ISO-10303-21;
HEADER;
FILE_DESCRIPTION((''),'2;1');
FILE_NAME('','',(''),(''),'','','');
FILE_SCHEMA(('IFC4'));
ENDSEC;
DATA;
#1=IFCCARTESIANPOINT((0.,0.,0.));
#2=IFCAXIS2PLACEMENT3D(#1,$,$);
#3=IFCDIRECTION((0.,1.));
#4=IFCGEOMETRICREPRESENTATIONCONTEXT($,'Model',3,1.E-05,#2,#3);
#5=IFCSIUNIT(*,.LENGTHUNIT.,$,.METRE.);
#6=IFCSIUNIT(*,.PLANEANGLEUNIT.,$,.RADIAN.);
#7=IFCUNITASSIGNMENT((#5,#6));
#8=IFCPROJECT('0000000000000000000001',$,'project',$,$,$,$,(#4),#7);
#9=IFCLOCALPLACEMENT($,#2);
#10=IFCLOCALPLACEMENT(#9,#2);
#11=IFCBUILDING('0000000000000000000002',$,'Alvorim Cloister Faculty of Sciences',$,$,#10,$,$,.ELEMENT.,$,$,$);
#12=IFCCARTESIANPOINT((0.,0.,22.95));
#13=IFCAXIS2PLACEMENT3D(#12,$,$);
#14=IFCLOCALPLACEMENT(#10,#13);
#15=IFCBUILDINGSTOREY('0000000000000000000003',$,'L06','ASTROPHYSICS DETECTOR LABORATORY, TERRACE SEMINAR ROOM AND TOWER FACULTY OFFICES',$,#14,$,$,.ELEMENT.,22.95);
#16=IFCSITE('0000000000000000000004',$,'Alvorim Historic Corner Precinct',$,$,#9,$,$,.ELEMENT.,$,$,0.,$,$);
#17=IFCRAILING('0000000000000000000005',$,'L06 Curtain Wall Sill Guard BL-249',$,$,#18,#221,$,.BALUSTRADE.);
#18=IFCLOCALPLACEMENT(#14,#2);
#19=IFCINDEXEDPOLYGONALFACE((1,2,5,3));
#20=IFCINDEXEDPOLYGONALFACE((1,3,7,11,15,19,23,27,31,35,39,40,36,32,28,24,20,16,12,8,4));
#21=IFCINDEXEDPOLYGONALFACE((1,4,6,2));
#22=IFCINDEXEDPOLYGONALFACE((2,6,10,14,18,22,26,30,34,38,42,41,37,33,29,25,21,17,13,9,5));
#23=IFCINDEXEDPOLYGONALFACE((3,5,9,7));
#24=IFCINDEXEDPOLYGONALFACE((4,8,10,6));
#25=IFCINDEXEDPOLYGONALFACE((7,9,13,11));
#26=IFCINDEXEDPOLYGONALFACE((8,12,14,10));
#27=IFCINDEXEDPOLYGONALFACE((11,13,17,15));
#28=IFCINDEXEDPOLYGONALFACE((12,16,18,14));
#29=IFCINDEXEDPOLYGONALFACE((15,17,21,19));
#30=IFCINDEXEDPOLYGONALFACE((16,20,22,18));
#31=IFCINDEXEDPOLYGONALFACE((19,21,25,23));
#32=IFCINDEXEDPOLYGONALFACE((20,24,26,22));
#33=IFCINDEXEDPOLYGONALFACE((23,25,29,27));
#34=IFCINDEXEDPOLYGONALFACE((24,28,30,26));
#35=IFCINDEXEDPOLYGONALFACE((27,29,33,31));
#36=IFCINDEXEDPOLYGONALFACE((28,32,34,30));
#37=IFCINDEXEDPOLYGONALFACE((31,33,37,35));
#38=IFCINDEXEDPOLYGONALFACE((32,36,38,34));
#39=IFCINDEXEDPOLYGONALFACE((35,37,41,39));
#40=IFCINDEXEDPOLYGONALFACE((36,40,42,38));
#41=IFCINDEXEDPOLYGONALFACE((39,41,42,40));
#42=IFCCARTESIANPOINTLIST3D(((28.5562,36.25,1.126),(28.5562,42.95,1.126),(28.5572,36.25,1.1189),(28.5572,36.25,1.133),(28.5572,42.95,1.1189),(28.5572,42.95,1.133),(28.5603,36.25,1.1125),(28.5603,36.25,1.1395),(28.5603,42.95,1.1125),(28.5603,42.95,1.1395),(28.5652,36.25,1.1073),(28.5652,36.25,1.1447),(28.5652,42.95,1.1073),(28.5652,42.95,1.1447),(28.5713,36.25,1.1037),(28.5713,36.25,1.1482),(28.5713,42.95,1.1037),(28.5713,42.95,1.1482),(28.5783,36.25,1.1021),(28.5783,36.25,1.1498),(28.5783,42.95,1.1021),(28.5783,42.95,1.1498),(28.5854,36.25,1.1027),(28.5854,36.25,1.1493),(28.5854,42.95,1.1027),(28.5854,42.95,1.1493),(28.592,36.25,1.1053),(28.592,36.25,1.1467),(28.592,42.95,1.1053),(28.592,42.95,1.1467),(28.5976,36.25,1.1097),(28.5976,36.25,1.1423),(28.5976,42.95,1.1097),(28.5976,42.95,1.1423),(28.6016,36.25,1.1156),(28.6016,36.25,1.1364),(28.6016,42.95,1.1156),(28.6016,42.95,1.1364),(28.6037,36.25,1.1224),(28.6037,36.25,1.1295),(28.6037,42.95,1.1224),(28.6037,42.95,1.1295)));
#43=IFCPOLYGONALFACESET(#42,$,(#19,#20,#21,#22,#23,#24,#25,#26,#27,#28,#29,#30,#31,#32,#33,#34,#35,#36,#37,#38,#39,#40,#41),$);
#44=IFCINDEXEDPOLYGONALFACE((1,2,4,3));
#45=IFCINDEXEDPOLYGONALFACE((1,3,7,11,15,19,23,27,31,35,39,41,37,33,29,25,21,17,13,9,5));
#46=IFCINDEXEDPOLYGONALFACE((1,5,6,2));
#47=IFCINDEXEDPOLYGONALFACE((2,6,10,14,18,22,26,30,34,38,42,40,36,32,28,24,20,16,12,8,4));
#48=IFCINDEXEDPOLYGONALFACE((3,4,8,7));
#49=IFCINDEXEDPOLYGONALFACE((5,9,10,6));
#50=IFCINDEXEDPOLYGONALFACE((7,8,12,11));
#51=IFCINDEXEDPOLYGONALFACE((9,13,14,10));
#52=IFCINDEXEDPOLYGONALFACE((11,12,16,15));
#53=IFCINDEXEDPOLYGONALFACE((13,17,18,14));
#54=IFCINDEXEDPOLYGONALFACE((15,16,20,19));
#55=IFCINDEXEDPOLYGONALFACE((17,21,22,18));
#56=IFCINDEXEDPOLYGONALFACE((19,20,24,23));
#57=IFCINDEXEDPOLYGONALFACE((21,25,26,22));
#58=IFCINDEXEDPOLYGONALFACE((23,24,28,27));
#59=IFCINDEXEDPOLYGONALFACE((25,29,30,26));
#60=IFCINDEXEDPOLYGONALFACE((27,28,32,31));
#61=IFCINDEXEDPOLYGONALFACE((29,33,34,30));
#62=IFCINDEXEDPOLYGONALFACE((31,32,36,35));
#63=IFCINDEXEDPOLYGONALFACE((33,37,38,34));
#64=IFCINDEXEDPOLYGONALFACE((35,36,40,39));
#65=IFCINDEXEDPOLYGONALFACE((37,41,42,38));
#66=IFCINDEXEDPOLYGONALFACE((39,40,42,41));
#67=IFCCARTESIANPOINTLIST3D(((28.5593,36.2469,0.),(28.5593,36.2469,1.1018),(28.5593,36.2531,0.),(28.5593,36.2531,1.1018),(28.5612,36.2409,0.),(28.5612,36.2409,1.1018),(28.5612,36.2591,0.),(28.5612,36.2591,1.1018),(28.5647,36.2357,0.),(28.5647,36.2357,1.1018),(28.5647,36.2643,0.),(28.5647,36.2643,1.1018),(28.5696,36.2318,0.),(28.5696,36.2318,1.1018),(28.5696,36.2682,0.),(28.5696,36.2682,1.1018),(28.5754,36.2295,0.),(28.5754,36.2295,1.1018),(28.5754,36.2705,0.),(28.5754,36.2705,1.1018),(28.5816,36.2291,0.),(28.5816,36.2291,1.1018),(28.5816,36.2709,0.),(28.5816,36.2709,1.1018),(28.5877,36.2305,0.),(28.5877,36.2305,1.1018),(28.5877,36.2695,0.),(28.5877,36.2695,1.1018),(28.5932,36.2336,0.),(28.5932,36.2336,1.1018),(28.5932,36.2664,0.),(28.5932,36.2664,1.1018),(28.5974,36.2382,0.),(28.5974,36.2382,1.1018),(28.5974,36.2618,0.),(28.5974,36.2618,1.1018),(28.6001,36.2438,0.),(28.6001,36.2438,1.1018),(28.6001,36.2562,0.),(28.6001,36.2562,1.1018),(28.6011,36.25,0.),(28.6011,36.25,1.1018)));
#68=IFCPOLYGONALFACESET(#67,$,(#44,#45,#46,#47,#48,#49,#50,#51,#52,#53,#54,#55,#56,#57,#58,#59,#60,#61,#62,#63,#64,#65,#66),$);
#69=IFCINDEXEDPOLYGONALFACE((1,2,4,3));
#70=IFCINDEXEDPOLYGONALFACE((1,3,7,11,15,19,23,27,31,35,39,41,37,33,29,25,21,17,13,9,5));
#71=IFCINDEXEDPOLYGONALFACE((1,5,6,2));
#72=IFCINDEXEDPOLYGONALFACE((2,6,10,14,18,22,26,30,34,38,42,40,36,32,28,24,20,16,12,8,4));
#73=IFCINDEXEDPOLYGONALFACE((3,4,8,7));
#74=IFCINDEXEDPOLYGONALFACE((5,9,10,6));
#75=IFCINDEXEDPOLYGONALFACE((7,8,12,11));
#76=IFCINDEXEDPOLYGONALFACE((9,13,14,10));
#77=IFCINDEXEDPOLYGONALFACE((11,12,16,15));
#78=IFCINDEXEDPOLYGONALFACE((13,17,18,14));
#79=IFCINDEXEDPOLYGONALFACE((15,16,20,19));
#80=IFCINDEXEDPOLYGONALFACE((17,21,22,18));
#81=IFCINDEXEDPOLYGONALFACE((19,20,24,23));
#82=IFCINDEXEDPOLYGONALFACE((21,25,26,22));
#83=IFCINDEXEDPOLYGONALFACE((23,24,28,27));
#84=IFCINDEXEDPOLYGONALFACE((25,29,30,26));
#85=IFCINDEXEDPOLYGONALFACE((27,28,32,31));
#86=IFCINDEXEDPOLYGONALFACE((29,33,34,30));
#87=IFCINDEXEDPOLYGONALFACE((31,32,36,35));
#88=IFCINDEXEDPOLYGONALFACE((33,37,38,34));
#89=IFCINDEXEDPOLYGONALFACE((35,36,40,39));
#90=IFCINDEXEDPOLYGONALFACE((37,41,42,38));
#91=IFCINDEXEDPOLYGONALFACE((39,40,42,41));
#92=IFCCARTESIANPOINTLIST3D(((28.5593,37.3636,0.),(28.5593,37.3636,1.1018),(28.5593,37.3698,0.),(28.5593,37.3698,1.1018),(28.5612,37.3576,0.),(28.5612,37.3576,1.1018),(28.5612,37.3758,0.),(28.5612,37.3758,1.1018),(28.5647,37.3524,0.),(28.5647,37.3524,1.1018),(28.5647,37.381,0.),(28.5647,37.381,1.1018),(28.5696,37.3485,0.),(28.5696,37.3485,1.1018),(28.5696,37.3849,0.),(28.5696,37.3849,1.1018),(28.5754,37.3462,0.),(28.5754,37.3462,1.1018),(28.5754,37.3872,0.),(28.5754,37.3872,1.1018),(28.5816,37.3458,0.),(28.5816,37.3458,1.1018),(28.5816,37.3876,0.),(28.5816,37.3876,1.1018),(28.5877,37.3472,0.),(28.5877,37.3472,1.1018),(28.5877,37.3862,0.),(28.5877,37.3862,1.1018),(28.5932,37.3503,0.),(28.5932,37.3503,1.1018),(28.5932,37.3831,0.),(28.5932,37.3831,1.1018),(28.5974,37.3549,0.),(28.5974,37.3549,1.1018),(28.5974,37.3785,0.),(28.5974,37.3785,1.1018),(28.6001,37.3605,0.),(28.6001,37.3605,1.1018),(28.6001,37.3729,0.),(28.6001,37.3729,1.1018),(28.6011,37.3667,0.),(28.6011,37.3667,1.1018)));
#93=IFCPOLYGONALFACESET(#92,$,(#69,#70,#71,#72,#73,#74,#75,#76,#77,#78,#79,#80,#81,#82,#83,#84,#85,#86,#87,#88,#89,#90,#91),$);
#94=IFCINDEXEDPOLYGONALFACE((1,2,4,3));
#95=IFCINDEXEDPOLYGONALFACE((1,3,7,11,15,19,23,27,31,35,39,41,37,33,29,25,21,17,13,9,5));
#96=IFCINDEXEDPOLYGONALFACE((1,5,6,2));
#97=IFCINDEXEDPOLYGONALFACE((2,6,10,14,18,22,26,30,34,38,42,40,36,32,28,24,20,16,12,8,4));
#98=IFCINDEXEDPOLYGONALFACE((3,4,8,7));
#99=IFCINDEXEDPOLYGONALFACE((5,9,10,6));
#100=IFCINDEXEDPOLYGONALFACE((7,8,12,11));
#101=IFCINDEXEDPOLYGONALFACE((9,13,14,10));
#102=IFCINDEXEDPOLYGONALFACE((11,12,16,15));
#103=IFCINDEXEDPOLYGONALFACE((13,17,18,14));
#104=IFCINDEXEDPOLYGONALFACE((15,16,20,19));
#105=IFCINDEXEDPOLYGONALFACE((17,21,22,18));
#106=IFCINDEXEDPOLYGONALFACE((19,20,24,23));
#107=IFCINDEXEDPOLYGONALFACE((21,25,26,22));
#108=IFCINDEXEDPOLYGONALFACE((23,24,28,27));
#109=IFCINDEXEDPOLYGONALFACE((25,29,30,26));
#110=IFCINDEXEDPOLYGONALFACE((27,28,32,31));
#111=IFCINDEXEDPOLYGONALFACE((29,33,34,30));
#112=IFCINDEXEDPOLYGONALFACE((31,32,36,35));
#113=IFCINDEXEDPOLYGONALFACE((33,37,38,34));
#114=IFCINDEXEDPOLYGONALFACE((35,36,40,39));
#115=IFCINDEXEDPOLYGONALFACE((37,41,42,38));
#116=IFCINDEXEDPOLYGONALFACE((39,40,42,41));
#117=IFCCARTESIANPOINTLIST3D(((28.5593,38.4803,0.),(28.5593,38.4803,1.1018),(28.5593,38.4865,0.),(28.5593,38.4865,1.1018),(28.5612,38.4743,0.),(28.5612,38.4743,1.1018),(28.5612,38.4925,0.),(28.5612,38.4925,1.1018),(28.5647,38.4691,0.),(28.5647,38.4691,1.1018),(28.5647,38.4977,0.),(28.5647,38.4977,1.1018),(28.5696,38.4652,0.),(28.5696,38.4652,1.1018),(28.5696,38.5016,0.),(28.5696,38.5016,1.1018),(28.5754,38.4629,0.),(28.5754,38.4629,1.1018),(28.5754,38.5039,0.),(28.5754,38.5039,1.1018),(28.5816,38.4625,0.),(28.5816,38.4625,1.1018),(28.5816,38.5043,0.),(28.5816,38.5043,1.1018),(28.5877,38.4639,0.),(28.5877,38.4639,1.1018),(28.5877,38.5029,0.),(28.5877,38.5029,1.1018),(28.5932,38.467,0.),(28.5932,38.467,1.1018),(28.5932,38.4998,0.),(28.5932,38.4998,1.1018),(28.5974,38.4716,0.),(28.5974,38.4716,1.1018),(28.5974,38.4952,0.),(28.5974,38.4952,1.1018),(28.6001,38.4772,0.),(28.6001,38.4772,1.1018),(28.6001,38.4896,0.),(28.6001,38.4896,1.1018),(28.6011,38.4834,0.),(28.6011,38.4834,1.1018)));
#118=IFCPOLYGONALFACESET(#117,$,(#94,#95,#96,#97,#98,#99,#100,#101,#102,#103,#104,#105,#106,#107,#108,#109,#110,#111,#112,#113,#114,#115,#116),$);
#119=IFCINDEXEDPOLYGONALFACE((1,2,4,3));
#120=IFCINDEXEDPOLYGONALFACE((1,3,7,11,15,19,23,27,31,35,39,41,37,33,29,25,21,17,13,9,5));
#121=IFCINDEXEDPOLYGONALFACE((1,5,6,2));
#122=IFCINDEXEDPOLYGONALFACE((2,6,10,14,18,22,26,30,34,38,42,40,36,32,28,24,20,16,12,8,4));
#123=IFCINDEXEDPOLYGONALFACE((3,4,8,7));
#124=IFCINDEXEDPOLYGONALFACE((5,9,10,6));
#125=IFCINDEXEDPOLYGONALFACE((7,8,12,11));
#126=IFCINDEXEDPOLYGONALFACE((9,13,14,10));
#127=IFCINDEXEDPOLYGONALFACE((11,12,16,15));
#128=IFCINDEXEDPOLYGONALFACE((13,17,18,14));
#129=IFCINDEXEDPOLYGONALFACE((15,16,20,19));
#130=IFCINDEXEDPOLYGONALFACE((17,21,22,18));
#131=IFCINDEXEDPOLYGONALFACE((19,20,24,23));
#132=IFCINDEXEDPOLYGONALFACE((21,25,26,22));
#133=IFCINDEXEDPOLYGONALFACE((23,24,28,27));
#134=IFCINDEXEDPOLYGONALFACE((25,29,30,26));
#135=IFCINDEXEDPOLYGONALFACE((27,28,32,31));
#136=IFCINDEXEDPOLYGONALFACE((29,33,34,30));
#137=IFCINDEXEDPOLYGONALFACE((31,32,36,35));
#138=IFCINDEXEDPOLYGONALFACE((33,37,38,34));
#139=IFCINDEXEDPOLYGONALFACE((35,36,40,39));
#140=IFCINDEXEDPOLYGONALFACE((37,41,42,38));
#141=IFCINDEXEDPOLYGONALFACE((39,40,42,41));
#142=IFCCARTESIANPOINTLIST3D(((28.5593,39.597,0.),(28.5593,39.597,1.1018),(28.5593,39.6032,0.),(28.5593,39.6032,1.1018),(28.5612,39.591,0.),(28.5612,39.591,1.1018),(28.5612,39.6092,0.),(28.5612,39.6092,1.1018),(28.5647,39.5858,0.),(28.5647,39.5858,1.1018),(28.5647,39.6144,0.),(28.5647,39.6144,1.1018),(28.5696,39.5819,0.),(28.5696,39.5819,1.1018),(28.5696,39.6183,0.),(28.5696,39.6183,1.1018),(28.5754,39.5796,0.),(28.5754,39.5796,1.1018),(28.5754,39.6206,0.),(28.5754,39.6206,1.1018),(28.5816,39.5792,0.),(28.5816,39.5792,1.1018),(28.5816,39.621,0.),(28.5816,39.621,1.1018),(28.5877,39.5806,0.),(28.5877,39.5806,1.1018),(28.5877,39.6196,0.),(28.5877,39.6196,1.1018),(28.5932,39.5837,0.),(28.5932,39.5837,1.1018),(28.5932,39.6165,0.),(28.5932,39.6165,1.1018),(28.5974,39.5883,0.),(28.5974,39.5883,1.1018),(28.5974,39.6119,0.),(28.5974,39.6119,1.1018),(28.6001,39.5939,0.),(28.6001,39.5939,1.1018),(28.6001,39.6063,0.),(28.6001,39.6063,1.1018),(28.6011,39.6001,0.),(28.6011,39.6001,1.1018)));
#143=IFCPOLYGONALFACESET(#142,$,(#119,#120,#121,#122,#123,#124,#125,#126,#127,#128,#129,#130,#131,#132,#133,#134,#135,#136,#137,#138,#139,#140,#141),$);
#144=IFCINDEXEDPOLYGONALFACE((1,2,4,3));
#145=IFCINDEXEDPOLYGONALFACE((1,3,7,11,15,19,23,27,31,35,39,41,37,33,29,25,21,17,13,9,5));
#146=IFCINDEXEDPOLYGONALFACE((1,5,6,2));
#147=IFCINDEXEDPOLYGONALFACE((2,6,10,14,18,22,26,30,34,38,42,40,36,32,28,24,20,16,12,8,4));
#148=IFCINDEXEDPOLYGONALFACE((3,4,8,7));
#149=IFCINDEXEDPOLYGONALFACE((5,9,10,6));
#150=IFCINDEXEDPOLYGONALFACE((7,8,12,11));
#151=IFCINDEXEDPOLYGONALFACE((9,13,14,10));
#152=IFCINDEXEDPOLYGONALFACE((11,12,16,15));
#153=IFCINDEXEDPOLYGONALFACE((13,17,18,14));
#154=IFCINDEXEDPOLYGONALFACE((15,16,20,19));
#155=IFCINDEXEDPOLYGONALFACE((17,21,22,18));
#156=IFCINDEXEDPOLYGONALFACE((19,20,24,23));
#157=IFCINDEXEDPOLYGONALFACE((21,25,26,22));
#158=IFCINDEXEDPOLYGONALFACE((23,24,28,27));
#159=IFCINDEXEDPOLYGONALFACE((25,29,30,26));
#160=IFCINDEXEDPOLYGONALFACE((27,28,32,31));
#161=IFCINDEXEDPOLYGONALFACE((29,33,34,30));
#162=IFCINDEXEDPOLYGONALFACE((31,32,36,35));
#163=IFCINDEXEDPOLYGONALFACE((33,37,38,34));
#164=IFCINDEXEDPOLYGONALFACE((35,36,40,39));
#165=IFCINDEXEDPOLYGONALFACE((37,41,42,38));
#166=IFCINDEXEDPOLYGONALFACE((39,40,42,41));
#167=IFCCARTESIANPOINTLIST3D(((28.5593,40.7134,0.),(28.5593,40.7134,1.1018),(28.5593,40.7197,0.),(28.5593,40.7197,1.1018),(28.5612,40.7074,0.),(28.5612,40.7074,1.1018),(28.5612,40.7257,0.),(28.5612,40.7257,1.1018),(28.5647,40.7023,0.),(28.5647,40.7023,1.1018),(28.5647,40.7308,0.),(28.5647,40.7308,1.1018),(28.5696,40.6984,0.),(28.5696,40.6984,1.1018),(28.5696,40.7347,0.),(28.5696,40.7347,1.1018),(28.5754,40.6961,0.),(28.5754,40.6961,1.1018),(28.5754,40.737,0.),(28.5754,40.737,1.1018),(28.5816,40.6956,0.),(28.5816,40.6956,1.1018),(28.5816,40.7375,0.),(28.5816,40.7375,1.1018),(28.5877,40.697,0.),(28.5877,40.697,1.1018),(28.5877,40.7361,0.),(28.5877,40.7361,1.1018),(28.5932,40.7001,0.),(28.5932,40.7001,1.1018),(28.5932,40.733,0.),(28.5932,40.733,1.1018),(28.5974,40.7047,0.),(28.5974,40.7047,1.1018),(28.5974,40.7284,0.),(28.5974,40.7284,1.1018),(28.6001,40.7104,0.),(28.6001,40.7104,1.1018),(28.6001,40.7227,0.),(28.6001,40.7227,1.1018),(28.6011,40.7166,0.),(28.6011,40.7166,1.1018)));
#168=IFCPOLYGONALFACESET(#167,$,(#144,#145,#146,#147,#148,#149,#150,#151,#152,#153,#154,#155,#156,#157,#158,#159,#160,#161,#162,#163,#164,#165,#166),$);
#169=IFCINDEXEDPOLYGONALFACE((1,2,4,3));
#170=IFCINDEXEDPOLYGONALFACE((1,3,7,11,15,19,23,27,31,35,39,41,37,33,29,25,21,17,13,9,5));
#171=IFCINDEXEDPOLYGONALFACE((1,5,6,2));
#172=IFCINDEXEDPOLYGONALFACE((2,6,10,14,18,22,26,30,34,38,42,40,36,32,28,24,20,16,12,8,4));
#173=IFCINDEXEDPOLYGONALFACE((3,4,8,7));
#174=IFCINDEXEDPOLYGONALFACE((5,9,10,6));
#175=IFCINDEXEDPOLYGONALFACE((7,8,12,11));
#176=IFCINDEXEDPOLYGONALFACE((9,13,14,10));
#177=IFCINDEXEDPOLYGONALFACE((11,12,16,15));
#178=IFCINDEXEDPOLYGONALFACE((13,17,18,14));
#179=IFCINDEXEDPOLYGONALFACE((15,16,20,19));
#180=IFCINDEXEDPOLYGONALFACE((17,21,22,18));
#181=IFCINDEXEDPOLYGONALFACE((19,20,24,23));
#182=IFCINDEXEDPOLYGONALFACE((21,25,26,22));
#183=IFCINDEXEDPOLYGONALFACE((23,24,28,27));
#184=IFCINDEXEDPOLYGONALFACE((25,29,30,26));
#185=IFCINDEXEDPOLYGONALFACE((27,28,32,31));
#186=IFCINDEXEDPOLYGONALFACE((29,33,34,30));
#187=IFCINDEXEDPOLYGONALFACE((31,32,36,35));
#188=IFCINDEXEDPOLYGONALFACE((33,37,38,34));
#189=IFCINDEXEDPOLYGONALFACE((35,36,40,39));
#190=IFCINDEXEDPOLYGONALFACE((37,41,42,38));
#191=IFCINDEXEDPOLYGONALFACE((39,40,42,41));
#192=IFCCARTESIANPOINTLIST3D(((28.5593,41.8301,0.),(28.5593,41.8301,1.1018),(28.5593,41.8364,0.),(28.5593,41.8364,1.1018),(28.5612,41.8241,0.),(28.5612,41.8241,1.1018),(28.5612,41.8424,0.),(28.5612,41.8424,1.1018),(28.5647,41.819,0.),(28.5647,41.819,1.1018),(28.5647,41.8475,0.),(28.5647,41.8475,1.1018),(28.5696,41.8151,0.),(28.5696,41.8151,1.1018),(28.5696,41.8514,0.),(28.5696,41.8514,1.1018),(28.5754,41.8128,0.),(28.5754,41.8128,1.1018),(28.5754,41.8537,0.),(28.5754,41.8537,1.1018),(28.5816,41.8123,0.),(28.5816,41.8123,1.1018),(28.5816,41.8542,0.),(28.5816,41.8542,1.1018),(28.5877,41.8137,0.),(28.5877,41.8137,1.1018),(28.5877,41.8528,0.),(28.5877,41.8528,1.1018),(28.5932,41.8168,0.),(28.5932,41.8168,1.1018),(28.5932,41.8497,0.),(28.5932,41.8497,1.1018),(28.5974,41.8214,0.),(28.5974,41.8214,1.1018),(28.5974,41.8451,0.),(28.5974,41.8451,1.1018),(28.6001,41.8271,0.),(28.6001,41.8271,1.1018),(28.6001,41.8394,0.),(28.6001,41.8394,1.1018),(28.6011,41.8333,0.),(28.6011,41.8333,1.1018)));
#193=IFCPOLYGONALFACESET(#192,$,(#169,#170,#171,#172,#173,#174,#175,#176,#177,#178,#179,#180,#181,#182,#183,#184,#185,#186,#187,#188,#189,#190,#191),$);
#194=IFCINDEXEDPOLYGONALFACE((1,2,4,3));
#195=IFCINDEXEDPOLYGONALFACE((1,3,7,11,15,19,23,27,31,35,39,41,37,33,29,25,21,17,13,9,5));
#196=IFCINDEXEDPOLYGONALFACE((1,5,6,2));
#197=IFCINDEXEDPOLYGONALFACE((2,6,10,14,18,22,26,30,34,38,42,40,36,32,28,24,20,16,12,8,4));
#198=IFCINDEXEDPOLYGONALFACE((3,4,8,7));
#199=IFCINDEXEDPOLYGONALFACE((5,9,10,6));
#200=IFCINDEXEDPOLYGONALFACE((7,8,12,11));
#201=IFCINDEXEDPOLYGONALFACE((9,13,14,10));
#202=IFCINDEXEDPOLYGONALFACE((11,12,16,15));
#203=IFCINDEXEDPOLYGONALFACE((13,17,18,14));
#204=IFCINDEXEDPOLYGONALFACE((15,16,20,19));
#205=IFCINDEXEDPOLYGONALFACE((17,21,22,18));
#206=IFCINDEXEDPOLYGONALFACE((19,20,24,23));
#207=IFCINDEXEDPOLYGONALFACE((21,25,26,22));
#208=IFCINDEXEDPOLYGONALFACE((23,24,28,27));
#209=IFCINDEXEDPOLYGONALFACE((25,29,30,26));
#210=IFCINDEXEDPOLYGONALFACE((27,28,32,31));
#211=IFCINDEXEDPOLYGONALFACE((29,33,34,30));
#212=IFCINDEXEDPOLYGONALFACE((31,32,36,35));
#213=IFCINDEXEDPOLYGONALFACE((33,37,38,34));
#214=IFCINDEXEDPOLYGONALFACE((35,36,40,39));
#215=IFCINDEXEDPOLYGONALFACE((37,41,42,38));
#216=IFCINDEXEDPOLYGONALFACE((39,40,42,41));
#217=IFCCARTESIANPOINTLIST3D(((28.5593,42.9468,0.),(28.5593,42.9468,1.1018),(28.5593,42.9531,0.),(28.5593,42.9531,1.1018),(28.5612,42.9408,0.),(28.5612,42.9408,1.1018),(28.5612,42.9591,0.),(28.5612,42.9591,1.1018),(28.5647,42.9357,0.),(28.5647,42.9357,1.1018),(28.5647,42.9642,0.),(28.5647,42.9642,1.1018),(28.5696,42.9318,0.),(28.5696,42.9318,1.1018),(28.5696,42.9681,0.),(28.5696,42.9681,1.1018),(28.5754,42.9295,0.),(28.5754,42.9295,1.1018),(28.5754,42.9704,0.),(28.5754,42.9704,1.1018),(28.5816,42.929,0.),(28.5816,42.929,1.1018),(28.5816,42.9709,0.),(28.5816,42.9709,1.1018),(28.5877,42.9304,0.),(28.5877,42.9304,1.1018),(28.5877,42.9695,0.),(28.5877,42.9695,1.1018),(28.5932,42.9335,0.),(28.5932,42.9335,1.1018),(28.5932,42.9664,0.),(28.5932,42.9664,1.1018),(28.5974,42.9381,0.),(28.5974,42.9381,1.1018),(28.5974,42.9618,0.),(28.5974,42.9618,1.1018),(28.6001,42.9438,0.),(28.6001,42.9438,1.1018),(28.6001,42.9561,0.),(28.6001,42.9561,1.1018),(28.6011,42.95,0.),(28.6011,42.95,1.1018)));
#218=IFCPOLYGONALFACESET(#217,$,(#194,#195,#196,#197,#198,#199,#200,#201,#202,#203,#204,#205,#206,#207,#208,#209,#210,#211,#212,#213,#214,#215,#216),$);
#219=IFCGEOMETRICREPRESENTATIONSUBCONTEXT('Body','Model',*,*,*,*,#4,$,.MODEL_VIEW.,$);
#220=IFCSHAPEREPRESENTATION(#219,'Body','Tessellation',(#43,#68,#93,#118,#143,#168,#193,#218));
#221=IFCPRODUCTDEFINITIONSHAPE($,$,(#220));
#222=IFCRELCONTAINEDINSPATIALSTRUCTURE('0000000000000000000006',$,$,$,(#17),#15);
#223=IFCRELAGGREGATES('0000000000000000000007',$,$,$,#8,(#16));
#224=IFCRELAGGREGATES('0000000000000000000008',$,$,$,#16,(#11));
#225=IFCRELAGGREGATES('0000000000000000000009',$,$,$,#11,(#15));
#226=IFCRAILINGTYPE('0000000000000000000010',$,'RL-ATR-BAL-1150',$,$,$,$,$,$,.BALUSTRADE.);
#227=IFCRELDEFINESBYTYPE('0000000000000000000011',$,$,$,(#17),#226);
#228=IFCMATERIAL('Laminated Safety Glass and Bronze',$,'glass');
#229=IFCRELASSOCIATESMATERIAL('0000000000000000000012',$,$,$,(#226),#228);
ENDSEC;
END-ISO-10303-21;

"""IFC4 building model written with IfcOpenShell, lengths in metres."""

from ifc_helpers import new_model, si_unit, direction, frame, origin, origin_2d, place, context, subcontext, project, spatial, circle, extrude, material, type_object, element, save


model = new_model("IFC4")

# Units and contexts
model_context = context("Model", 3, precision=1e-05, world=origin(), true_north=direction((0.0, 1.0)))
body_context = subcontext(model_context, "Body", "Model", "MODEL_VIEW")
ifc_project = project(units=[si_unit("LENGTHUNIT", "METRE"), si_unit("PLANEANGLEUNIT", "RADIAN")], contexts=[model_context])

# Site, building, storey
site_placement = place(None, origin())
site = spatial("IfcSite", under=ifc_project, at=site_placement, Name="Alvorim Historic Corner Precinct", CompositionType="ELEMENT", RefElevation=0.0)
building_placement = place(site_placement, origin())
building = spatial("IfcBuilding", under=site, at=building_placement, Name="Alvorim Cloister Faculty of Sciences", CompositionType="ELEMENT")
storey_placement = place(building_placement, frame((0.0, 0.0, 22.95)))
storey = spatial("IfcBuildingStorey", under=building, at=storey_placement, Name="L06", Description="ASTROPHYSICS DETECTOR LABORATORY, TERRACE SEMINAR ROOM AND TOWER FACULTY OFFICES", CompositionType="ELEMENT", Elevation=22.95)

# Railing
ifc_material_1 = material(Name="Laminated Safety Glass and Bronze", Category="glass")
railing_type_1 = type_object("IfcRailingType", Name="RL-ATR-BAL-1150", PredefinedType="BALUSTRADE", material=ifc_material_1)
railing_1_placement = place(storey_placement, frame((28.5801, 36.25, 0.0)))
element("IfcRailing", 1, at=railing_1_placement, inside=storey, type_object=railing_type_1, Name="L06 Curtain Wall Sill Guard BL-249", PredefinedType="BALUSTRADE", context=body_context, shape_type="SweptSolid", body=[
    extrude(circle(Radius=0.0239, at=origin_2d()), frame((0.0, 0.0, 1.126), z_axis=(0.0, 1.0, 0.0), x_axis=(-1.0, 0.0, 0.0)), (0.0, 0.0, 1.0), 6.7),
    extrude(circle(Radius=0.021, at=origin_2d()), origin(), (0.0, 0.0, 1.0), 1.1018),
    extrude(circle(Radius=0.021, at=origin_2d()), frame((0.0, 1.1167, 0.0)), (0.0, 0.0, 1.0), 1.1018),
    extrude(circle(Radius=0.021, at=origin_2d()), frame((0.0, 2.2334, 0.0)), (0.0, 0.0, 1.0), 1.1018),
    extrude(circle(Radius=0.021, at=origin_2d()), frame((0.0, 3.3501, 0.0)), (0.0, 0.0, 1.0), 1.1018),
    extrude(circle(Radius=0.021, at=origin_2d()), frame((0.0, 4.4666, 0.0)), (0.0, 0.0, 1.0), 1.1018),
    extrude(circle(Radius=0.021, at=origin_2d()), frame((0.0, 5.5833, 0.0)), (0.0, 0.0, 1.0), 1.1018),
    extrude(circle(Radius=0.021, at=origin_2d()), frame((0.0, 6.7, 0.0)), (0.0, 0.0, 1.0), 1.1018),
])

save(model, "model.ifc")
